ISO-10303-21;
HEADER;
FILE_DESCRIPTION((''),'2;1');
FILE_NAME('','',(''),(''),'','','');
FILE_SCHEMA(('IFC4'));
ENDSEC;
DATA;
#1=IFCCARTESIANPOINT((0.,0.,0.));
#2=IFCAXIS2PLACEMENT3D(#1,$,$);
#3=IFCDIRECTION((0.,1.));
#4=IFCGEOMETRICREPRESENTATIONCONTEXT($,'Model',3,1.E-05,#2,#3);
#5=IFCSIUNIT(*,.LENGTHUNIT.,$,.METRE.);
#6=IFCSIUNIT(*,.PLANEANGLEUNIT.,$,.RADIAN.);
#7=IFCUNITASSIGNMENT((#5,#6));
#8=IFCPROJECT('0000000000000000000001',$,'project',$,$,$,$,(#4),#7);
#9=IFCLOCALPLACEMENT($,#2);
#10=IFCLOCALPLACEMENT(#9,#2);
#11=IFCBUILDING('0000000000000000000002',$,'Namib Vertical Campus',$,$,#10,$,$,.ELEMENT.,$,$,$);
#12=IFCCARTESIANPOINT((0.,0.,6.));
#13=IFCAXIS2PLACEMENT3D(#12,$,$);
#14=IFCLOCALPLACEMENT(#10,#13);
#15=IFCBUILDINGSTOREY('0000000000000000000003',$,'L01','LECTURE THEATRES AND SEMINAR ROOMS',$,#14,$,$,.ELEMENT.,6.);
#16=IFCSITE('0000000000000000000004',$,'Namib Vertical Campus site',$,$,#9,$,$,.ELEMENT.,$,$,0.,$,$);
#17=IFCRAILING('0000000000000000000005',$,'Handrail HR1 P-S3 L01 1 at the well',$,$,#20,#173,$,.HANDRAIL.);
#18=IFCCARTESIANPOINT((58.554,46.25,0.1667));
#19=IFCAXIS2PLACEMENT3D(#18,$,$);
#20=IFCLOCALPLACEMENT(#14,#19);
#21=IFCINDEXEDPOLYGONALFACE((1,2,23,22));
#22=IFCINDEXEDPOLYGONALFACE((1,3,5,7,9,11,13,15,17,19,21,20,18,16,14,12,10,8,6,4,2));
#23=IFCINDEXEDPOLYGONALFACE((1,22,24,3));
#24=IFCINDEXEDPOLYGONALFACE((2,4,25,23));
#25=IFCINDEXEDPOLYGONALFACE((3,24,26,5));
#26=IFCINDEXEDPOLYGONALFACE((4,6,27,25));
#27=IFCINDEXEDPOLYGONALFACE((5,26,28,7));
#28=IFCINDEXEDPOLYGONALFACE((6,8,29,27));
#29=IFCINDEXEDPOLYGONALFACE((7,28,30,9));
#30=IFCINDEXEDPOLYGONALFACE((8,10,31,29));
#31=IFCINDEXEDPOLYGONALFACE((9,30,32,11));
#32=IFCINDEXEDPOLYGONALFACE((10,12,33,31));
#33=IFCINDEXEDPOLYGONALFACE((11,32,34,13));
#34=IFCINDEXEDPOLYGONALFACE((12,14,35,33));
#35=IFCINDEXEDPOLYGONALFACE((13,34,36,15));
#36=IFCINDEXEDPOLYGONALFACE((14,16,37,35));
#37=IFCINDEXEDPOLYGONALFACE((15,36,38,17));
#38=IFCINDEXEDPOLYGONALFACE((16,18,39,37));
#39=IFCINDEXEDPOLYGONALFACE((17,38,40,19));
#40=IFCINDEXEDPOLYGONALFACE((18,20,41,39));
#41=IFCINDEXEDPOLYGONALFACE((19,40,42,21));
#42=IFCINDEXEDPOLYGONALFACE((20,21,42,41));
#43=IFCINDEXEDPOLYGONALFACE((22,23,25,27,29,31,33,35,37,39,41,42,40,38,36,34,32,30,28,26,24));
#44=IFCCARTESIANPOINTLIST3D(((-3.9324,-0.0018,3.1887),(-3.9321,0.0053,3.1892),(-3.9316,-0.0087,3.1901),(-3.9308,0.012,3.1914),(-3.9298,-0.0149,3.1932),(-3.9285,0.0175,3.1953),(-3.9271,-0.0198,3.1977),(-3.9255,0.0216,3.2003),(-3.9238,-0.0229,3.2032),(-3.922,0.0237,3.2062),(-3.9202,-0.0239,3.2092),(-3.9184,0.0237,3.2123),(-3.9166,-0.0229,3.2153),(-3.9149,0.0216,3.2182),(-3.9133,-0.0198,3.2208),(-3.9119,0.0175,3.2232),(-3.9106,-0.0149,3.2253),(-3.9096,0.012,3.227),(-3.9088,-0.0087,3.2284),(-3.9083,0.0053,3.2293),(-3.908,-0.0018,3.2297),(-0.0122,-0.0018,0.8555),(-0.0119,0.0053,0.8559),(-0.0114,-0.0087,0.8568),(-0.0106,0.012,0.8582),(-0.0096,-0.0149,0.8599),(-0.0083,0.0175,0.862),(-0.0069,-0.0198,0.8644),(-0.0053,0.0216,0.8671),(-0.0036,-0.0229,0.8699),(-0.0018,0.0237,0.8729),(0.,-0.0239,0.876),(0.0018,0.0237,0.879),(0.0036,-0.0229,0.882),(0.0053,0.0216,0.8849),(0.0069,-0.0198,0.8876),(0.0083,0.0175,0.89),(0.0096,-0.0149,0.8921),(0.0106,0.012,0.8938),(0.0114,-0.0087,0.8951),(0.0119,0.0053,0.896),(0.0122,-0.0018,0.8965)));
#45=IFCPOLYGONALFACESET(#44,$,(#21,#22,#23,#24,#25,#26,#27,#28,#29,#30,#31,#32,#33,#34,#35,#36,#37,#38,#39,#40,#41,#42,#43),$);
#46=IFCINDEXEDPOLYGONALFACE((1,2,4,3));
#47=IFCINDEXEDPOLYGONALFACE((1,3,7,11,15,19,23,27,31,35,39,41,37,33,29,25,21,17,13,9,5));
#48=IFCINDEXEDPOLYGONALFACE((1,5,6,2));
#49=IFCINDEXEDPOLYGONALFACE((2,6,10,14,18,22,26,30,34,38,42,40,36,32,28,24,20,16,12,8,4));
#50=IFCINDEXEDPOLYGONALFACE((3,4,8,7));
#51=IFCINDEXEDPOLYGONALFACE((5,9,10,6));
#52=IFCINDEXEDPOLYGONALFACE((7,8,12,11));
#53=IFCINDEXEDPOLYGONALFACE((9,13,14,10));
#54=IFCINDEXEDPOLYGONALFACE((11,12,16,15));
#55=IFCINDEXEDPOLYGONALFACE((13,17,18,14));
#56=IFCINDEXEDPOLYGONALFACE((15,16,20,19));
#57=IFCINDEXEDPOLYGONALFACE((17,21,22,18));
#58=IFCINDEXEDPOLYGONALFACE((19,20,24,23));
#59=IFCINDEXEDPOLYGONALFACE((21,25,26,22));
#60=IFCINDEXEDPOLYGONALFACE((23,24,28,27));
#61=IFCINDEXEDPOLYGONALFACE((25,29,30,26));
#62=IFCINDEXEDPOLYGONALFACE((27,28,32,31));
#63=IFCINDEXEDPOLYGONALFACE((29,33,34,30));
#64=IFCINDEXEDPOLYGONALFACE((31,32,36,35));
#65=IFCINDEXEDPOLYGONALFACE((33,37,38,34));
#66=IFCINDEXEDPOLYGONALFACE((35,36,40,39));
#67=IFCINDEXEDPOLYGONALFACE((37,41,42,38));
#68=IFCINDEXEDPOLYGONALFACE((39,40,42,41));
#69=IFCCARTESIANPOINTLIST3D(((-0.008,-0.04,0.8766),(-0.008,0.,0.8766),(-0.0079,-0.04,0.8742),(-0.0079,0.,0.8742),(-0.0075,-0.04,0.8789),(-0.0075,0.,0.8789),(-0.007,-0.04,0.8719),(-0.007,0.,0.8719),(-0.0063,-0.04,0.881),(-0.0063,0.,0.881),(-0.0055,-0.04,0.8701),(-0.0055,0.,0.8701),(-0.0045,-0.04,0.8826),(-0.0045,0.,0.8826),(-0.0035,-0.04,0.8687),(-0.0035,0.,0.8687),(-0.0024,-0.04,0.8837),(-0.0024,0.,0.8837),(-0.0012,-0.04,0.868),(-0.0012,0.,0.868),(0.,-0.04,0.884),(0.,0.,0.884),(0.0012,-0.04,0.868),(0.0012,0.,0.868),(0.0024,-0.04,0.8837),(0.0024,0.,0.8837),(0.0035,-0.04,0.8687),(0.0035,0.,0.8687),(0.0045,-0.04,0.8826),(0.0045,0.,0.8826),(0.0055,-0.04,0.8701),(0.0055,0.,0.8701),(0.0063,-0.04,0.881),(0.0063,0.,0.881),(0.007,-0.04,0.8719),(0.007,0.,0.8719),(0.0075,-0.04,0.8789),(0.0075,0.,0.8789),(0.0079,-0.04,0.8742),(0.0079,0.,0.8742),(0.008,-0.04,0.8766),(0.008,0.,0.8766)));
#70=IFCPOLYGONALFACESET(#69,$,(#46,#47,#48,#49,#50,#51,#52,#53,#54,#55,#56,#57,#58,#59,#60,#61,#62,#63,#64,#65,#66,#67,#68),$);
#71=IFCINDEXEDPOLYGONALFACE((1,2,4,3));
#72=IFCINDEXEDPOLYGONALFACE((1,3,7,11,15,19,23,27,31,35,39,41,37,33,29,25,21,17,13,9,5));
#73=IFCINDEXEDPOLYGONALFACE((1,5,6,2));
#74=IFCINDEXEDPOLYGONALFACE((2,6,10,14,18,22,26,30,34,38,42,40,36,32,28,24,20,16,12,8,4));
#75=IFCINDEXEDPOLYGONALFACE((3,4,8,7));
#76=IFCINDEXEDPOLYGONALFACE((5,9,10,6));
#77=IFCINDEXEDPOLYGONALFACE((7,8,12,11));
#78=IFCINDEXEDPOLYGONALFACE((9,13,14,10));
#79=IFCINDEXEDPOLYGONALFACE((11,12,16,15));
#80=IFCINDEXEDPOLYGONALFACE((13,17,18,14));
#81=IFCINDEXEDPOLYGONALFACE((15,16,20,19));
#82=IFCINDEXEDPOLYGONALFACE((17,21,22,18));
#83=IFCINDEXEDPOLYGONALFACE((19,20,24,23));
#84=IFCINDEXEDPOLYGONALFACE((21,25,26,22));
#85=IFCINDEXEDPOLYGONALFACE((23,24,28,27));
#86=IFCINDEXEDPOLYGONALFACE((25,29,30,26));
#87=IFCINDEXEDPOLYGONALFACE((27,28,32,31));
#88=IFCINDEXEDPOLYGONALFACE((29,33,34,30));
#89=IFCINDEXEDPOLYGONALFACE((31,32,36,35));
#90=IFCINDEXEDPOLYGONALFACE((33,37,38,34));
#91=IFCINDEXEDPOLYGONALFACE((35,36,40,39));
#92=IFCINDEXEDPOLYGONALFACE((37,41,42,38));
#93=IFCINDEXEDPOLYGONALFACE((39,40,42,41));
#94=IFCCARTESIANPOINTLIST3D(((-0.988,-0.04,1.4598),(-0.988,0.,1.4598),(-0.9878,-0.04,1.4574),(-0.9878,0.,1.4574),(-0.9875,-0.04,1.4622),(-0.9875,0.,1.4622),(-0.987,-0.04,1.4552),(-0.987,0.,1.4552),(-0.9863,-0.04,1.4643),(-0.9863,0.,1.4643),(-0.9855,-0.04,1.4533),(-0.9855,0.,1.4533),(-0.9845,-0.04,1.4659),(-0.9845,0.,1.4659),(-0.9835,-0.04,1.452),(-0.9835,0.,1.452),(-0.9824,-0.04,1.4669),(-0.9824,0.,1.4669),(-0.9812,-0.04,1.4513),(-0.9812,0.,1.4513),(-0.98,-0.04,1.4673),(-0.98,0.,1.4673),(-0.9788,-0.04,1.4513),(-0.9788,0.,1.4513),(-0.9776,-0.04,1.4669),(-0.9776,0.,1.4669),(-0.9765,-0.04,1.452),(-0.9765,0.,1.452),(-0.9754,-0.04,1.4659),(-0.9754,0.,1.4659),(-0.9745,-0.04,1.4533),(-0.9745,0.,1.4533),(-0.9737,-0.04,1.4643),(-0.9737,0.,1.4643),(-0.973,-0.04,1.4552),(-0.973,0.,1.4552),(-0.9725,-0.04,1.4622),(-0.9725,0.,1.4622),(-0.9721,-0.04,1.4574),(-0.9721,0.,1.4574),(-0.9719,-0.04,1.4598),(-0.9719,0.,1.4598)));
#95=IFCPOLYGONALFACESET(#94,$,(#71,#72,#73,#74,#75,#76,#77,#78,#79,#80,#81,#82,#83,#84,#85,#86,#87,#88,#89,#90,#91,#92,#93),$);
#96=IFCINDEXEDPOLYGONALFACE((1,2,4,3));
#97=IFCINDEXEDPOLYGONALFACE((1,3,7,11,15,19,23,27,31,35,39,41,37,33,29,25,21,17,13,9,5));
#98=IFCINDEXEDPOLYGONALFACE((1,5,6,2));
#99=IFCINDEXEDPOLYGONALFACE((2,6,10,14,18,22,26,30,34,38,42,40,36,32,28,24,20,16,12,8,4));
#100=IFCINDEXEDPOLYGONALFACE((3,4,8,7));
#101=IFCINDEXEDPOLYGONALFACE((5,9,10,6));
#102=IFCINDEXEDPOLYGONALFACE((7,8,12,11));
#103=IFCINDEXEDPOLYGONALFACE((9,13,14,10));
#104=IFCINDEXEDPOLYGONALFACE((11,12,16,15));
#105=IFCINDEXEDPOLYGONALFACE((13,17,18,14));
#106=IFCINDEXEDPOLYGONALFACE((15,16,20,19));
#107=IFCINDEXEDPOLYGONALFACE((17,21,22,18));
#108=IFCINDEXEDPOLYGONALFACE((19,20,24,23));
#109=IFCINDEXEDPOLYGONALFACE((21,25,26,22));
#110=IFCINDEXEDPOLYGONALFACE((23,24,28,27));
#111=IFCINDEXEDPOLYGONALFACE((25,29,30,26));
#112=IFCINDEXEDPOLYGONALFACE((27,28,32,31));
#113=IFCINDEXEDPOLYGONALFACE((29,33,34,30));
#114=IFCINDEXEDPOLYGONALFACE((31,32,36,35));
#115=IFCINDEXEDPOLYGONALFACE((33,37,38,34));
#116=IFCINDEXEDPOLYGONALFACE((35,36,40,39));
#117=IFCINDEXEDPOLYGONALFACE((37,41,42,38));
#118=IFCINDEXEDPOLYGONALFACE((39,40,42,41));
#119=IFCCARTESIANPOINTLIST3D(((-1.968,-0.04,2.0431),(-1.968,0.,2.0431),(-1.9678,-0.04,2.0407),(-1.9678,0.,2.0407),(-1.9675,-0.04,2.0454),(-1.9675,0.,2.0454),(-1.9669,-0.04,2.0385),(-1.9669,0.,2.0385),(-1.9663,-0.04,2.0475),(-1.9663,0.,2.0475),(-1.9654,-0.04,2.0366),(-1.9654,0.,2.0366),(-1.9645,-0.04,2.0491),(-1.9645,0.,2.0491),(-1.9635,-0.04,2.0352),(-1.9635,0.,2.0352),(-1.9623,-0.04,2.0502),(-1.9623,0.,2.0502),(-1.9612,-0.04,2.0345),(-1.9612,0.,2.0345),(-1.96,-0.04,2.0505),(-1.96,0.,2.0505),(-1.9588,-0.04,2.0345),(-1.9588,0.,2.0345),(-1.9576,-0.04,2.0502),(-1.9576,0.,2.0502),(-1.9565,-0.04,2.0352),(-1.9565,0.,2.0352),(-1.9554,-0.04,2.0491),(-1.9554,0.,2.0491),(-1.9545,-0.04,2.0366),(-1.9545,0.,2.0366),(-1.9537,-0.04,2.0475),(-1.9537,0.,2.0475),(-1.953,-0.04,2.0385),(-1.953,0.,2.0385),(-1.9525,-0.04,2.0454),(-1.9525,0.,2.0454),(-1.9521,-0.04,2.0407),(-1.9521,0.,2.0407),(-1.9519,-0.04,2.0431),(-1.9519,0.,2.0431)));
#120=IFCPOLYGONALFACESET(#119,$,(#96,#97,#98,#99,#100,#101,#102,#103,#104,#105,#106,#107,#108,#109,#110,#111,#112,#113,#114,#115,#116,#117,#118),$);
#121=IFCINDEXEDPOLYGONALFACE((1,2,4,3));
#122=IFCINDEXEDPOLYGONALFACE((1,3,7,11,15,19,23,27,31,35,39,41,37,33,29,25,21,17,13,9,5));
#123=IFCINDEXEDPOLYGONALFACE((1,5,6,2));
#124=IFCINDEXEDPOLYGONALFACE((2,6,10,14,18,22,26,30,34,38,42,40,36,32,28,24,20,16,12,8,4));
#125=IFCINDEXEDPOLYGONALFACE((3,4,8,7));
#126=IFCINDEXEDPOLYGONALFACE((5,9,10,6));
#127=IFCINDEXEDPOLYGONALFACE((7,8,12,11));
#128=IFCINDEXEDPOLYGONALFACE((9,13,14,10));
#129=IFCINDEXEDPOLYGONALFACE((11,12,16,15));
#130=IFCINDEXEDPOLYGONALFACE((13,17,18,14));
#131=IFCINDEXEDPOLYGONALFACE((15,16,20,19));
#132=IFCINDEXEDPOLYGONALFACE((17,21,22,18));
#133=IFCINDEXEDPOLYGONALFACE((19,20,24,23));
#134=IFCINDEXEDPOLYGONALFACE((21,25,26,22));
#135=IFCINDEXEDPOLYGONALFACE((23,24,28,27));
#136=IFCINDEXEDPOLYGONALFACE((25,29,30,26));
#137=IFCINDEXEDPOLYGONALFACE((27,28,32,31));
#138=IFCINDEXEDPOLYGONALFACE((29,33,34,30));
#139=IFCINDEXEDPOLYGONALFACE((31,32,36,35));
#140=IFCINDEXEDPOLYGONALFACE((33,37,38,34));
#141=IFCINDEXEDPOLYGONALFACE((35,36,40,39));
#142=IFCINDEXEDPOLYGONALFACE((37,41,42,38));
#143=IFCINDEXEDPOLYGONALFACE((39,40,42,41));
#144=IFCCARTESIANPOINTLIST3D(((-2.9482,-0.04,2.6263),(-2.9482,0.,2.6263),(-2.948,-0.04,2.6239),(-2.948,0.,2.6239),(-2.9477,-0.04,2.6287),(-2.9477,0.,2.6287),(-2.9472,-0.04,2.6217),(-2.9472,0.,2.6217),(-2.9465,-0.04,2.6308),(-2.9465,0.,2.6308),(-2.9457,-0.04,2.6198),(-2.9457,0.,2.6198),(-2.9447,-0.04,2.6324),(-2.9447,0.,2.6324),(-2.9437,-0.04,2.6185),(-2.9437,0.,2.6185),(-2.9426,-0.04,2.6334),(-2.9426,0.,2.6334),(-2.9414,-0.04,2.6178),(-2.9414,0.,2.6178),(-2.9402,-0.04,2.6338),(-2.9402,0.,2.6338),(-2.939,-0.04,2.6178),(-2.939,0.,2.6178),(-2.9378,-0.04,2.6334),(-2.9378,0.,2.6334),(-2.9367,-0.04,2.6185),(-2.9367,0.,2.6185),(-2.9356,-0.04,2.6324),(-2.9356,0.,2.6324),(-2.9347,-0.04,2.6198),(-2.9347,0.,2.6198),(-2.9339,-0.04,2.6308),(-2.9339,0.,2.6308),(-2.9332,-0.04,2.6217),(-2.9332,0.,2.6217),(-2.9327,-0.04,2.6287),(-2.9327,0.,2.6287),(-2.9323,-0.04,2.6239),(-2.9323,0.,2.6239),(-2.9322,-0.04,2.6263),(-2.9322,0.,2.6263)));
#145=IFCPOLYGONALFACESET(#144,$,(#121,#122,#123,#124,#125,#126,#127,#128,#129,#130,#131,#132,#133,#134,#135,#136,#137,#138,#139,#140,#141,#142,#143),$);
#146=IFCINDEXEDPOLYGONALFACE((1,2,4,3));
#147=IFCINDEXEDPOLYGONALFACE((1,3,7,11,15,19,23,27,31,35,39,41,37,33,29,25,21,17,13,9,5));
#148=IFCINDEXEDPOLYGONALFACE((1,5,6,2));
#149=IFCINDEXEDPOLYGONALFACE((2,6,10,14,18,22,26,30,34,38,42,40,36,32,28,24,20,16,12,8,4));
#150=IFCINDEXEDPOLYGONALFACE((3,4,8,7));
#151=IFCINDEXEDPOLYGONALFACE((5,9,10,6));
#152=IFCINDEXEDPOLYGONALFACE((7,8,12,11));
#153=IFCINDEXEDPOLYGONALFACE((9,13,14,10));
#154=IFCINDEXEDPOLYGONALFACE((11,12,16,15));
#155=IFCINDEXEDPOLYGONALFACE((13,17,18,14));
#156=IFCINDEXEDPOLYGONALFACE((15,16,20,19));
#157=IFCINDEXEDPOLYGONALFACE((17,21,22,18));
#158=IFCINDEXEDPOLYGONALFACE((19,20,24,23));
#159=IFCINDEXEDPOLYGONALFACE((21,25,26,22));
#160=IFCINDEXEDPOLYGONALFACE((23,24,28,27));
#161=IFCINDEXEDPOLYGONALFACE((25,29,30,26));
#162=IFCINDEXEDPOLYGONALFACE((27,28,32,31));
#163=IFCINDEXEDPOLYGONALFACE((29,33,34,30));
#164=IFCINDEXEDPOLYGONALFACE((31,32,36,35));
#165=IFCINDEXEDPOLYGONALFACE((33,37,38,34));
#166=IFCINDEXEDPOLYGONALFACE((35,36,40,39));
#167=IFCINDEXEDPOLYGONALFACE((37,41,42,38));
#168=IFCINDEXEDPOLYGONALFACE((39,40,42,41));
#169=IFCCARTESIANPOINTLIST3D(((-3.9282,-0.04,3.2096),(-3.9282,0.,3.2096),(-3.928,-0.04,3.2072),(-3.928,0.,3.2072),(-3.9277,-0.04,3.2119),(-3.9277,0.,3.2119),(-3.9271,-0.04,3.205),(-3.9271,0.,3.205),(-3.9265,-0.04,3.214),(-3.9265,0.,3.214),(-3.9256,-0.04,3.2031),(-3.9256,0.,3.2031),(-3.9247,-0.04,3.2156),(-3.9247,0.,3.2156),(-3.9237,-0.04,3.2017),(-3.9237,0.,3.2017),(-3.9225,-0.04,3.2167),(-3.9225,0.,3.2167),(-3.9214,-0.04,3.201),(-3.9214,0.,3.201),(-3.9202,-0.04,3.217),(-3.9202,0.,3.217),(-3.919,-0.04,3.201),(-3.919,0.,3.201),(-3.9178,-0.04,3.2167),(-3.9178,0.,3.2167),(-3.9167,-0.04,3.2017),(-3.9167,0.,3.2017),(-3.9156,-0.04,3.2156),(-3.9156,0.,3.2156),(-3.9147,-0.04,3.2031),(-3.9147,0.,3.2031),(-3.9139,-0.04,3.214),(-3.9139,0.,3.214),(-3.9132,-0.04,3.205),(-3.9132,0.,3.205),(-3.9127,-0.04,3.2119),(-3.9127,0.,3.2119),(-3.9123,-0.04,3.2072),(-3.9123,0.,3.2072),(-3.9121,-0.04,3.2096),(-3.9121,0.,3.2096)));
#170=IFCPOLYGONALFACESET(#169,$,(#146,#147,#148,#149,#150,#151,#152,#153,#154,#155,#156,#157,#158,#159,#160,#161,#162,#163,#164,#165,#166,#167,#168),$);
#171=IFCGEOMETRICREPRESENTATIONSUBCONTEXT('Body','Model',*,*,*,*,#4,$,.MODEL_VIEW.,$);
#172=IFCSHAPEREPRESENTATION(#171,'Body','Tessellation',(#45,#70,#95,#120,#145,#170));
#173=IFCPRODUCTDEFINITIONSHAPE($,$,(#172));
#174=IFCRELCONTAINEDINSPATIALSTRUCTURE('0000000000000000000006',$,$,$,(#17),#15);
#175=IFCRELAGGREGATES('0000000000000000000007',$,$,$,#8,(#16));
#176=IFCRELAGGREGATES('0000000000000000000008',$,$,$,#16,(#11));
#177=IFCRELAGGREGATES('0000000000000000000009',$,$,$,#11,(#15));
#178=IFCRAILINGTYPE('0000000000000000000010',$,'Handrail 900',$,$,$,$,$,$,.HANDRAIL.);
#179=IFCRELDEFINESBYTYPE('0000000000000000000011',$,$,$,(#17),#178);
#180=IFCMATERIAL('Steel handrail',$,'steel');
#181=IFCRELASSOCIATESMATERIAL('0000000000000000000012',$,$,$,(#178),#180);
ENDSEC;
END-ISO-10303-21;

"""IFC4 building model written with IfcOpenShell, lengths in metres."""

from ifc_helpers import new_model, si_unit, direction, frame, origin, origin_2d, place, context, subcontext, project, spatial, circle, extrude, material, type_object, element, save


model = new_model("IFC4")

# Units and contexts
model_context = context("Model", 3, precision=1e-05, world=origin(), true_north=direction((0.0, 1.0)))
body_context = subcontext(model_context, "Body", "Model", "MODEL_VIEW")
ifc_project = project(units=[si_unit("LENGTHUNIT", "METRE"), si_unit("PLANEANGLEUNIT", "RADIAN")], contexts=[model_context])

# Site, building, storey
site_placement = place(None, origin())
site = spatial("IfcSite", under=ifc_project, at=site_placement, Name="Namib Vertical Campus site", CompositionType="ELEMENT", RefElevation=0.0)
building_placement = place(site_placement, origin())
building = spatial("IfcBuilding", under=site, at=building_placement, Name="Namib Vertical Campus", CompositionType="ELEMENT")
storey_placement = place(building_placement, frame((0.0, 0.0, 6.0)))
storey = spatial("IfcBuildingStorey", under=building, at=storey_placement, Name="L01", Description="LECTURE THEATRES AND SEMINAR ROOMS", CompositionType="ELEMENT", Elevation=6.0)

# Railing
ifc_material_1 = material(Name="Steel handrail", Category="steel")
railing_type_1 = type_object("IfcRailingType", Name="Handrail 900", PredefinedType="HANDRAIL", material=ifc_material_1)
railing_1_placement = place(storey_placement, frame((58.554, 46.25, 0.1667)))
element("IfcRailing", 1, at=railing_1_placement, inside=storey, type_object=railing_type_1, Name="Handrail HR1 P-S3 L01 1 at the well", PredefinedType="HANDRAIL", context=body_context, shape_type="SweptSolid", body=[
    extrude(circle(Radius=0.0239, at=origin_2d()), frame((0.0, 0.0, 0.876), z_axis=(-0.85931, 0.0, 0.511455), x_axis=(0.0, -1.0, 0.0)), (0.0, 0.0, 1.0), 4.562),
    extrude(circle(Radius=0.0081, at=origin_2d()), frame((0.0, 0.0, 0.876), z_axis=(0.0, -1.0, 0.0), x_axis=(0.0, 0.0, 1.0)), (0.0, 0.0, 1.0), 0.04),
    extrude(circle(Radius=0.0081, at=origin_2d()), frame((-0.98, 0.0, 1.4592), z_axis=(0.0, -1.0, 0.0), x_axis=(0.0, 0.0, 1.0)), (0.0, 0.0, 1.0), 0.04),
    extrude(circle(Radius=0.0081, at=origin_2d()), frame((-1.96, 0.0, 2.0425), z_axis=(0.0, -1.0, 0.0), x_axis=(0.0, 0.0, 1.0)), (0.0, 0.0, 1.0), 0.04),
    extrude(circle(Radius=0.0081, at=origin_2d()), frame((-2.9402, 0.0, 2.6257), z_axis=(0.0, -1.0, 0.0), x_axis=(0.0, 0.0, 1.0)), (0.0, 0.0, 1.0), 0.04),
    extrude(circle(Radius=0.0081, at=origin_2d()), frame((-3.9202, 0.0, 3.209), z_axis=(0.0, -1.0, 0.0), x_axis=(0.0, 0.0, 1.0)), (0.0, 0.0, 1.0), 0.04),
])

save(model, "model.ifc")
